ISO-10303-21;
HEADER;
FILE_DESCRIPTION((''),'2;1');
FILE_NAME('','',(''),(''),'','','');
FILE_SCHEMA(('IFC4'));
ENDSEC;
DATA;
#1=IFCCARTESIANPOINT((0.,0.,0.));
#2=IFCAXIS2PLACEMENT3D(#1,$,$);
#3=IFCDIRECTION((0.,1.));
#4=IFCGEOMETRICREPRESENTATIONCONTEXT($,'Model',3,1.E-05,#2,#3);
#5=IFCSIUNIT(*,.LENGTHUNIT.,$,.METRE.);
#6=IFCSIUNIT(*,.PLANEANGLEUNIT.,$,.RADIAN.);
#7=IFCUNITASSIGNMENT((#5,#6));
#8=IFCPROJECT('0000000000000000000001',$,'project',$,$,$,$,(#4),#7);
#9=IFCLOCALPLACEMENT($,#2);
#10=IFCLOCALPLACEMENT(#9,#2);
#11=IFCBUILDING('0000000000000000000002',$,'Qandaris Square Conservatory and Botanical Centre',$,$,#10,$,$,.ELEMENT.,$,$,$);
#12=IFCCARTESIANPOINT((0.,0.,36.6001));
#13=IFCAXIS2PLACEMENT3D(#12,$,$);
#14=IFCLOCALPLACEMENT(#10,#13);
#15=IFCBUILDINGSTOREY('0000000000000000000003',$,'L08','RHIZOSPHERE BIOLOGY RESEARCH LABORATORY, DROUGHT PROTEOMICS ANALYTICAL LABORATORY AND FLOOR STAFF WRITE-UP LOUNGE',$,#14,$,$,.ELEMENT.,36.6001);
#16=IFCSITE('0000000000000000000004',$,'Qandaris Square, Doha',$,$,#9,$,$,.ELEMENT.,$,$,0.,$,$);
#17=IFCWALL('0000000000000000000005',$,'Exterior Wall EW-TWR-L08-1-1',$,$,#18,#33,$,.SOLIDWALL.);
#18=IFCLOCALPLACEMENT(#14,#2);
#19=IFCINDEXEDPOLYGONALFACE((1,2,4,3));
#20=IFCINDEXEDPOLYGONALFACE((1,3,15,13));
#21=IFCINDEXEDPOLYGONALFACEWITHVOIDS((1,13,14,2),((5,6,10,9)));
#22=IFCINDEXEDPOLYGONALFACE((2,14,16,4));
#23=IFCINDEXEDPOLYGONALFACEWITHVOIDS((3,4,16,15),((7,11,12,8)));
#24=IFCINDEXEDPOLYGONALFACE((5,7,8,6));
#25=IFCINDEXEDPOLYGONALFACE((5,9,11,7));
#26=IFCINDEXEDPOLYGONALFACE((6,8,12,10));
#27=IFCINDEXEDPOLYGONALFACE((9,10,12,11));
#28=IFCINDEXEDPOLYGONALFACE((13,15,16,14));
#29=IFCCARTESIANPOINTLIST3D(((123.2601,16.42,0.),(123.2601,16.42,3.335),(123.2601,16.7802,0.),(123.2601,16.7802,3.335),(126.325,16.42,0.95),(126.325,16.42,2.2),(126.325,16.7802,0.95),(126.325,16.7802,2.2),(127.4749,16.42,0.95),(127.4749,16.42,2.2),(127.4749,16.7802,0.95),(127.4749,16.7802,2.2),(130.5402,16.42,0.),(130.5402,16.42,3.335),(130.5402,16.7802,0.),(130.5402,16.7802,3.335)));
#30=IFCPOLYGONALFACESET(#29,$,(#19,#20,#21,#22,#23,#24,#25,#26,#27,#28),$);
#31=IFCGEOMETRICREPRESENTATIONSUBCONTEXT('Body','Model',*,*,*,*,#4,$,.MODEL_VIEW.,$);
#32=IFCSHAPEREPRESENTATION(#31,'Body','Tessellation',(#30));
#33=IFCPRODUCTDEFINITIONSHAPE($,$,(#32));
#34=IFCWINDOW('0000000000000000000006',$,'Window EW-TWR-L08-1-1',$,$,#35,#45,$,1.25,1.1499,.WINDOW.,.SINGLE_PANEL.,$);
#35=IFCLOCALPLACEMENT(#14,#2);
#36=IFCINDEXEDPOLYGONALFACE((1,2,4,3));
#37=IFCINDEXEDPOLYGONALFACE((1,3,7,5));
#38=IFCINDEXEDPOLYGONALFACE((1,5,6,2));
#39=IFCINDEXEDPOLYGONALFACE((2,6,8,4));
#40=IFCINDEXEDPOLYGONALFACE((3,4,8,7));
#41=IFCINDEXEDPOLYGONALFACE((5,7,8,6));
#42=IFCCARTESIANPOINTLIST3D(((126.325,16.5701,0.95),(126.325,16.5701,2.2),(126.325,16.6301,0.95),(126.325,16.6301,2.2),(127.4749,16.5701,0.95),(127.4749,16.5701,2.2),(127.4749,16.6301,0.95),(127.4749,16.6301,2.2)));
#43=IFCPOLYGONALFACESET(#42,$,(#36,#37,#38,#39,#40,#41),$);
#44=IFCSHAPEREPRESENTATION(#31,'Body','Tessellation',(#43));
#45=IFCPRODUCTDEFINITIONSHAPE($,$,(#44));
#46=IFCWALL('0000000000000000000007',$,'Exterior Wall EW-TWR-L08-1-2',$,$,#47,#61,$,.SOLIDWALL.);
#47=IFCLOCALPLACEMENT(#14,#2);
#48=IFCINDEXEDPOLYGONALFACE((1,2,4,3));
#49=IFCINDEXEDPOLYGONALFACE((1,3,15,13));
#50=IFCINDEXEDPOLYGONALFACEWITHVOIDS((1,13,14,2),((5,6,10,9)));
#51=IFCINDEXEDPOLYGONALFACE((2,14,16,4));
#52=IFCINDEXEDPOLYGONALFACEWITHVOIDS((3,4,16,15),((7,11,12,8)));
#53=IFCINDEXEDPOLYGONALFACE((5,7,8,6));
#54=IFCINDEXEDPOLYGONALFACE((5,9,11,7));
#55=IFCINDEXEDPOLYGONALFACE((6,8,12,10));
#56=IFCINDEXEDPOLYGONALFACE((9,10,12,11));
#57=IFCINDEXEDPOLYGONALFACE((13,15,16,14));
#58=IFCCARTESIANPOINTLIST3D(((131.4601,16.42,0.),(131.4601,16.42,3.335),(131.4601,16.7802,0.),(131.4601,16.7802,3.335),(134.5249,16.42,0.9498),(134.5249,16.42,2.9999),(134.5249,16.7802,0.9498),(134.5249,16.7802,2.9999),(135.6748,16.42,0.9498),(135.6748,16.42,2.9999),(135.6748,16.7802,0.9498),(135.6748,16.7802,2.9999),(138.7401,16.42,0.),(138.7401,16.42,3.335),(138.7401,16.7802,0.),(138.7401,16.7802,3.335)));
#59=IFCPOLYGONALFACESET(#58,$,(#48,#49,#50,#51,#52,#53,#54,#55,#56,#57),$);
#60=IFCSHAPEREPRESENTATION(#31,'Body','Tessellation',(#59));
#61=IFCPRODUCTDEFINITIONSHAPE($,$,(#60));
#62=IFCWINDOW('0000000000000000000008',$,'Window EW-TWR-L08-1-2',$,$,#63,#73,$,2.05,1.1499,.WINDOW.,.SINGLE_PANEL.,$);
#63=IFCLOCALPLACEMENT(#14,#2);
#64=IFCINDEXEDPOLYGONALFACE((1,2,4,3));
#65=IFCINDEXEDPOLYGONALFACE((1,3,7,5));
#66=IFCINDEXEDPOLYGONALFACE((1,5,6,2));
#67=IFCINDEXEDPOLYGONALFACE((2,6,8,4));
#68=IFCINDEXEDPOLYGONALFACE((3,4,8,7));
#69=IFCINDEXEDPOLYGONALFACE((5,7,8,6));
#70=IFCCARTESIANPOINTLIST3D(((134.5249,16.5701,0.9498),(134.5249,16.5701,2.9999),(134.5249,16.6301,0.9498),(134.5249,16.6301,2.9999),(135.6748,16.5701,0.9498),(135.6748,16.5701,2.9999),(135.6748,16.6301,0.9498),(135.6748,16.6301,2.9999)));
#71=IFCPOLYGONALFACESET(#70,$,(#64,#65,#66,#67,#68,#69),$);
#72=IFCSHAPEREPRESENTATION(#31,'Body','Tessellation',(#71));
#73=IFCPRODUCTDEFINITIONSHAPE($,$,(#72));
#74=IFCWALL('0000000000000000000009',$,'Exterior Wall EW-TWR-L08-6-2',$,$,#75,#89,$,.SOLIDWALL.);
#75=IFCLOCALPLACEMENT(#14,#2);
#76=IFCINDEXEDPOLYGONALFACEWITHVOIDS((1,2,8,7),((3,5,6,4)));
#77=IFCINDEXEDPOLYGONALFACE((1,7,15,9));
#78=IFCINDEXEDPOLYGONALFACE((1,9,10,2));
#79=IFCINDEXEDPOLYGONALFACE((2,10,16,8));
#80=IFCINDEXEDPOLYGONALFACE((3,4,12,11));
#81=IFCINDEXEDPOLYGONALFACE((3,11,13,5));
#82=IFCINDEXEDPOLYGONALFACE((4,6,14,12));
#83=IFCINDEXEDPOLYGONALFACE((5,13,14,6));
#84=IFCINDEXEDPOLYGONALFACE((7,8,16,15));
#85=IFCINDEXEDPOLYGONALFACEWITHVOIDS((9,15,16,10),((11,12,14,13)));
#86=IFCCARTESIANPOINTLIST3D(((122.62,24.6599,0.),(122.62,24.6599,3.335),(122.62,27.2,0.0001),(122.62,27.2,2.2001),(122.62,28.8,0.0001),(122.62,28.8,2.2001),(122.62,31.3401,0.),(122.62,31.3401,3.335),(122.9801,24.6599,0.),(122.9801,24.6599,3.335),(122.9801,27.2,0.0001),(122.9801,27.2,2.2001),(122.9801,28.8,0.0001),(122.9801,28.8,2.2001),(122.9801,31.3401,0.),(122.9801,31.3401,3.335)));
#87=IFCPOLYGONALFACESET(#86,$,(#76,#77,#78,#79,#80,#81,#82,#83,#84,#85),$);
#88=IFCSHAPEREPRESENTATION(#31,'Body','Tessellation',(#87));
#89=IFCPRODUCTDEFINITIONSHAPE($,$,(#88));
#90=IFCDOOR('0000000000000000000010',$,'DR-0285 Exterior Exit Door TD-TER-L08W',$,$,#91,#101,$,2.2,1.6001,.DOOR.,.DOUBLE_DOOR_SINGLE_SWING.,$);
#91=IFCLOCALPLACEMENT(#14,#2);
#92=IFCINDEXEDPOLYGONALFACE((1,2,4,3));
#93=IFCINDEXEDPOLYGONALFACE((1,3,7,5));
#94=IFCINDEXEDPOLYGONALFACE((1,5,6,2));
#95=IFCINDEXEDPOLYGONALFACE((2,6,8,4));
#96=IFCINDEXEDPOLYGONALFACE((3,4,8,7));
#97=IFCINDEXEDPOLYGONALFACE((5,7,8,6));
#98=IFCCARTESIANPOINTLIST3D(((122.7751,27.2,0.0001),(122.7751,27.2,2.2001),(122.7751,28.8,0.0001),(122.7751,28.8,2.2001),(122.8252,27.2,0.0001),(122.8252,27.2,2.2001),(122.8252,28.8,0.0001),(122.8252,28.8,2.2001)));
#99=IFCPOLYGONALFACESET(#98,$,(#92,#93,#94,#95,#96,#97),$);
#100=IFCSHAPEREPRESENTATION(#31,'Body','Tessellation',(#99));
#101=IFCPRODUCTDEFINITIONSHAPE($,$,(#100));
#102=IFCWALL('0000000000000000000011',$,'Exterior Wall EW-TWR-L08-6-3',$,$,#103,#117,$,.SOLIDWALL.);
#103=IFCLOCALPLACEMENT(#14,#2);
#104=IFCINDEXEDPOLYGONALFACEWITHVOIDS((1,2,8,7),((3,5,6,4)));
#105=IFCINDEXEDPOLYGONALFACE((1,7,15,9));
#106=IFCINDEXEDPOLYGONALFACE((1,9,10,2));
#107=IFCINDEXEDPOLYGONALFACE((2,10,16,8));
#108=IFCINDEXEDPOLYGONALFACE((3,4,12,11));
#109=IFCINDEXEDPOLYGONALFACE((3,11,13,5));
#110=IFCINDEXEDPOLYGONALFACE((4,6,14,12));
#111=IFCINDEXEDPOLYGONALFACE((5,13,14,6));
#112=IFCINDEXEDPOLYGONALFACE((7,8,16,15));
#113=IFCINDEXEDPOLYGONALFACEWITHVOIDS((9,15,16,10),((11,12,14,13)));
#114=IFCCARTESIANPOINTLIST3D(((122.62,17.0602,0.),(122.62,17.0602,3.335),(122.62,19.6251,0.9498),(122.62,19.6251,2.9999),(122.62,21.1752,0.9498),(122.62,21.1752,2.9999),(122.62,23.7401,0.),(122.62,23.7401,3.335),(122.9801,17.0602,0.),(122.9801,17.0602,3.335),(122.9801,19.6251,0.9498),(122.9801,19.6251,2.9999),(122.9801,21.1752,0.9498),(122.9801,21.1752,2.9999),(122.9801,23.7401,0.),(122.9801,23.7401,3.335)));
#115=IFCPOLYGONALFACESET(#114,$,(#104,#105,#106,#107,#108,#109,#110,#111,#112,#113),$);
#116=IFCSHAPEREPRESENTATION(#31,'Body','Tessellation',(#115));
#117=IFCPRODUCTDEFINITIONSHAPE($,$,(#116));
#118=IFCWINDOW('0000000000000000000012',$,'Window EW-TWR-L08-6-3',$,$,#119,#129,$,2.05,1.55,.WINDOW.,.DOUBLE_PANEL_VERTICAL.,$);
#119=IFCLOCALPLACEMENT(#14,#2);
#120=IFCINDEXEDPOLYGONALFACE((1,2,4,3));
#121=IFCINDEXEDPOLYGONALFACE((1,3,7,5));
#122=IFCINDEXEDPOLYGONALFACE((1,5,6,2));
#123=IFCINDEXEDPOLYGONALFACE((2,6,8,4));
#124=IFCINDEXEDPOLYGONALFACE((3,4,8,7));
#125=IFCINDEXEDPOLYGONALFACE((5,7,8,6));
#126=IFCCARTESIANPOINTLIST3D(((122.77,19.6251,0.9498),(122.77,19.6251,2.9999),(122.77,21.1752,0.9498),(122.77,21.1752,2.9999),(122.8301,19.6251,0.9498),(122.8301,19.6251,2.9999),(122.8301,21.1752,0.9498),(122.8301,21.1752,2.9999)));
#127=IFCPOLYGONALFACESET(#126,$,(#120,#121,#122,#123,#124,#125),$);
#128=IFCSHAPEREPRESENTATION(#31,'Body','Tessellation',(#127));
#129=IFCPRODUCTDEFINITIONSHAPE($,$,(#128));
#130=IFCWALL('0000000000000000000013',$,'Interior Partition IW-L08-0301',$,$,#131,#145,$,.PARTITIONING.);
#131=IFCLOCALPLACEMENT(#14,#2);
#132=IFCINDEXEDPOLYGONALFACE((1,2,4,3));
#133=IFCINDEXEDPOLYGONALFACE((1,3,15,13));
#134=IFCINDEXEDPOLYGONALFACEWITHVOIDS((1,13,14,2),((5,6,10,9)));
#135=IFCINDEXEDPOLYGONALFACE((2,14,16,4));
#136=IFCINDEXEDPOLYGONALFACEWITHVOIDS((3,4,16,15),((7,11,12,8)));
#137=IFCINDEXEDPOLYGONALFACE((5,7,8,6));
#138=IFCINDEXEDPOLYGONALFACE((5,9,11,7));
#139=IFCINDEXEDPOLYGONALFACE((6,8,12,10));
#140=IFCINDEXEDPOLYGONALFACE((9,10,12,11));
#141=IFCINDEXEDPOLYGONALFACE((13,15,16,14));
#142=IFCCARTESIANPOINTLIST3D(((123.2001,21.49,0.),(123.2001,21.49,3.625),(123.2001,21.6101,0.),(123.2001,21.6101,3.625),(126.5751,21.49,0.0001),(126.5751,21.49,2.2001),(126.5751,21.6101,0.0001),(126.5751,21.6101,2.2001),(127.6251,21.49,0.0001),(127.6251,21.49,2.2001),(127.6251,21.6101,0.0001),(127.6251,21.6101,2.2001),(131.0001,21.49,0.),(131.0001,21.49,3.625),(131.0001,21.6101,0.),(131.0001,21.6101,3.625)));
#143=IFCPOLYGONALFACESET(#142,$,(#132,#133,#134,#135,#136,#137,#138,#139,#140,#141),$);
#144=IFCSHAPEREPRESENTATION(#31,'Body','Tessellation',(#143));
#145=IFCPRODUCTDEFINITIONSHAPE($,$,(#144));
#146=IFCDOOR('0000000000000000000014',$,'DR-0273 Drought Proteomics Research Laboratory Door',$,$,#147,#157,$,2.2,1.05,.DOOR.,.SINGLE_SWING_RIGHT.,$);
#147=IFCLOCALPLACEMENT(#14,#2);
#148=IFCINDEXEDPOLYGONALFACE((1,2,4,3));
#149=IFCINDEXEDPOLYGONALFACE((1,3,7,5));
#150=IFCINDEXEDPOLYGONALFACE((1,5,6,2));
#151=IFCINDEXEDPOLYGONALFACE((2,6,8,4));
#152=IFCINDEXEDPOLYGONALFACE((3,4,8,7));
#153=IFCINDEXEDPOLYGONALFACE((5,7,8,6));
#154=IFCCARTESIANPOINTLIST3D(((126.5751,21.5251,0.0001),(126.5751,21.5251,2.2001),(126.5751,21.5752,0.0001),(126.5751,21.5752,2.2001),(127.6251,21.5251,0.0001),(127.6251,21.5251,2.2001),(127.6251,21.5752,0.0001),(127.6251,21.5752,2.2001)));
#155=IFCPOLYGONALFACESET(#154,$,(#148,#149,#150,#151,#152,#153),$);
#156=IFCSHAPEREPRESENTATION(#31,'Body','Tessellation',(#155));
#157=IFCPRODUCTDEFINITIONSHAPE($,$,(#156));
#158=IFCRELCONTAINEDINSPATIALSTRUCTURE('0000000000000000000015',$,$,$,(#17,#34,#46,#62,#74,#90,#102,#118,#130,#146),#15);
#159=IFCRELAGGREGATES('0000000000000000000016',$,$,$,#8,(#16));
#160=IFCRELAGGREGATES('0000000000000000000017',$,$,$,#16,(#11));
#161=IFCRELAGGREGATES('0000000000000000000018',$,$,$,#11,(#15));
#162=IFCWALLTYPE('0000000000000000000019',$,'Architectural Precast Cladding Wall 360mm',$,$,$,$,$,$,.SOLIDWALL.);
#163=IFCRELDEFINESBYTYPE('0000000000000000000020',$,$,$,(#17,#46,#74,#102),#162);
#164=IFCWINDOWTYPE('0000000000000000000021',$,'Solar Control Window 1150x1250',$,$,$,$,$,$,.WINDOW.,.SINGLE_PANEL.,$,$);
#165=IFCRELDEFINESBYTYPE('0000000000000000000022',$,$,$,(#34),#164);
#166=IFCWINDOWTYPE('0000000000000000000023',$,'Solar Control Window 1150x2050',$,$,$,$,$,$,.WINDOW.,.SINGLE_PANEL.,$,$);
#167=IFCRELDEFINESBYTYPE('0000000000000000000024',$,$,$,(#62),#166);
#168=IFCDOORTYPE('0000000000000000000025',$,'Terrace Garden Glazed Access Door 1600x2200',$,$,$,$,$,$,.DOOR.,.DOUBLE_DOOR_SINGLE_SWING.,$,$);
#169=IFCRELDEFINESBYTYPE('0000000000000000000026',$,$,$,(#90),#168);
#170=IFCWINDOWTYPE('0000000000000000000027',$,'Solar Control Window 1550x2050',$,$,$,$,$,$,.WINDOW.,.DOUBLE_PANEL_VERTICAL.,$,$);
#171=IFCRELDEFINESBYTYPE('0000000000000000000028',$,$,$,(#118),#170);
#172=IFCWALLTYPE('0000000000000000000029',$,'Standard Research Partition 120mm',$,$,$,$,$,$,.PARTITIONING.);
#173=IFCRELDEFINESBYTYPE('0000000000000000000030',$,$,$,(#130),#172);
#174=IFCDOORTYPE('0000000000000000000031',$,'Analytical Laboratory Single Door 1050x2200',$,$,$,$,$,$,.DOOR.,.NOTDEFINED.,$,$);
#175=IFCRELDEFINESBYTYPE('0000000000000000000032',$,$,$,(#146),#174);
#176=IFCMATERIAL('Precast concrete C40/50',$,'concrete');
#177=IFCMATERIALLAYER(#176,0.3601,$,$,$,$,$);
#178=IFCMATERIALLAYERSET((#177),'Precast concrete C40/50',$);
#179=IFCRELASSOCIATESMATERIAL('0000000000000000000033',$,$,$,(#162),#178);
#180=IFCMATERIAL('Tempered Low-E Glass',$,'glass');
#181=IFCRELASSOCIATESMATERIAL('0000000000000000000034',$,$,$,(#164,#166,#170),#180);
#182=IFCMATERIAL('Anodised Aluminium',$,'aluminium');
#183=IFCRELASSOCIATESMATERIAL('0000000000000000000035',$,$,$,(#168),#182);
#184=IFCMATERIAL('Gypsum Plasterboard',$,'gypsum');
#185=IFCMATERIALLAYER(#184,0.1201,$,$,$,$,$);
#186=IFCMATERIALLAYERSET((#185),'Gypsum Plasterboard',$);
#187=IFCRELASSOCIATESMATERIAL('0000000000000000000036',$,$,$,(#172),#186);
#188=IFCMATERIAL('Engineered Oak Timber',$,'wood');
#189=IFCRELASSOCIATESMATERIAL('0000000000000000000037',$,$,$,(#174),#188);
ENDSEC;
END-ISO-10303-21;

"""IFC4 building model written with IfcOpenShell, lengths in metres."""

from ifc_helpers import new_model, si_unit, direction, frame, frame_2d, origin, place, context, subcontext, project, spatial, rectangle, extrude, material, layer, layer_set, type_object, element, fill, save


model = new_model("IFC4")

# Units and contexts
model_context = context("Model", 3, precision=1e-05, world=origin(), true_north=direction((0.0, 1.0)))
body_context = subcontext(model_context, "Body", "Model", "MODEL_VIEW")
ifc_project = project(units=[si_unit("LENGTHUNIT", "METRE"), si_unit("PLANEANGLEUNIT", "RADIAN")], contexts=[model_context])

# Site, building, storey
site_placement = place(None, origin())
site = spatial("IfcSite", under=ifc_project, at=site_placement, Name="Qandaris Square, Doha", CompositionType="ELEMENT", RefElevation=0.0)
building_placement = place(site_placement, origin())
building = spatial("IfcBuilding", under=site, at=building_placement, Name="Qandaris Square Conservatory and Botanical Centre", CompositionType="ELEMENT")
storey_placement = place(building_placement, frame((0.0, 0.0, 36.6001)))
storey = spatial("IfcBuildingStorey", under=building, at=storey_placement, Name="L08", Description="RHIZOSPHERE BIOLOGY RESEARCH LABORATORY, DROUGHT PROTEOMICS ANALYTICAL LABORATORY AND FLOOR STAFF WRITE-UP LOUNGE", CompositionType="ELEMENT", Elevation=36.6001)

# Shared definitions
ifc_material_1 = material(Name="Gypsum Plasterboard", Category="gypsum")
ifc_material_2 = material(Name="Engineered Oak Timber", Category="wood")

# Walls, openings, windows
ifc_material_3 = material(Name="Precast concrete C40/50", Category="concrete")
ifc_layer_1 = layer(ifc_material_3, 0.3601)
ifc_layer_set_1 = layer_set([ifc_layer_1], Name="Precast concrete C40/50")
wall_type_1 = type_object("IfcWallType", Name="Architectural Precast Cladding Wall 360mm", PredefinedType="SOLIDWALL", material=ifc_layer_set_1)
wall_1_placement = place(storey_placement, frame((123.26, 16.6001, 0.0), z_axis=(0.0, 0.0, 1.0), x_axis=(1.0, 0.0, 0.0)))
wall_1 = element("IfcWall", 1, at=wall_1_placement, inside=storey, type_object=wall_type_1, Name="Exterior Wall EW-TWR-L08-1-1", PredefinedType="SOLIDWALL", context=body_context, shape_type="SweptSolid", body=[
    extrude(rectangle(XDim=7.28, YDim=0.3601, at=frame_2d((3.6401, 0.0))), origin(), (0.0, 0.0, 1.0), 3.335),
])
opening_1_placement = place(wall_1_placement, frame((3.0649, 0.0, 0.95)))
opening_1 = element("IfcOpeningElement", 2, at=opening_1_placement, cuts=wall_1, PredefinedType="OPENING", context=body_context, shape_type="SweptSolid", body=[
    extrude(rectangle(XDim=1.1499, YDim=1.25, at=frame_2d((0.575, 0.625))), frame((0.0, 0.1919, 0.0), z_axis=(0.0, -1.0, 0.0), x_axis=(1.0, 0.0, 0.0)), (0.0, 0.0, 1.0), 0.384),
])
ifc_material_4 = material(Name="Tempered Low-E Glass", Category="glass")
window_type_1 = type_object("IfcWindowType", Name="Solar Control Window 1150x1250", PartitioningType="SINGLE_PANEL", PredefinedType="WINDOW", material=ifc_material_4)
window_1_placement = place(opening_1_placement, origin())
window_1 = element("IfcWindow", 3, at=window_1_placement, inside=storey, type_object=window_type_1, Name="Window EW-TWR-L08-1-1", OverallHeight=1.25, OverallWidth=1.1499, PartitioningType="SINGLE_PANEL", PredefinedType="WINDOW", context=body_context, shape_type="SweptSolid", body=[
    extrude(rectangle(XDim=1.1499, YDim=1.25, at=frame_2d((0.575, 0.625))), frame((0.0, 0.03, 0.0), z_axis=(0.0, -1.0, 0.0), x_axis=(1.0, 0.0, 0.0)), (0.0, 0.0, 1.0), 0.0601),
])
fill(opening_1, window_1)
wall_2_placement = place(storey_placement, frame((131.46, 16.6001, 0.0), z_axis=(0.0, 0.0, 1.0), x_axis=(1.0, 0.0, 0.0)))
wall_2 = element("IfcWall", 4, at=wall_2_placement, inside=storey, type_object=wall_type_1, Name="Exterior Wall EW-TWR-L08-1-2", PredefinedType="SOLIDWALL", context=body_context, shape_type="SweptSolid", body=[
    extrude(rectangle(XDim=7.28, YDim=0.3601, at=frame_2d((3.6401, 0.0))), origin(), (0.0, 0.0, 1.0), 3.335),
])
opening_2_placement = place(wall_2_placement, frame((3.0649, 0.0, 0.95)))
opening_2 = element("IfcOpeningElement", 5, at=opening_2_placement, cuts=wall_2, PredefinedType="OPENING", context=body_context, shape_type="SweptSolid", body=[
    extrude(rectangle(XDim=1.1499, YDim=2.05, at=frame_2d((0.575, 1.0249))), frame((0.0, 0.1919, 0.0), z_axis=(0.0, -1.0, 0.0), x_axis=(1.0, 0.0, 0.0)), (0.0, 0.0, 1.0), 0.384),
])
window_type_2 = type_object("IfcWindowType", Name="Solar Control Window 1150x2050", PartitioningType="SINGLE_PANEL", PredefinedType="WINDOW", material=ifc_material_4)
window_2_placement = place(opening_2_placement, origin())
window_2 = element("IfcWindow", 6, at=window_2_placement, inside=storey, type_object=window_type_2, Name="Window EW-TWR-L08-1-2", OverallHeight=2.05, OverallWidth=1.1499, PartitioningType="SINGLE_PANEL", PredefinedType="WINDOW", context=body_context, shape_type="SweptSolid", body=[
    extrude(rectangle(XDim=1.1499, YDim=2.05, at=frame_2d((0.575, 1.0249))), frame((0.0, 0.03, 0.0), z_axis=(0.0, -1.0, 0.0), x_axis=(1.0, 0.0, 0.0)), (0.0, 0.0, 1.0), 0.0601),
])
fill(opening_2, window_2)

# Wall, opening, door
wall_3_placement = place(storey_placement, frame((122.8, 31.3401, 0.0), z_axis=(0.0, 0.0, 1.0), x_axis=(0.0, -1.0, 0.0)))
wall_3 = element("IfcWall", 7, at=wall_3_placement, inside=storey, type_object=wall_type_1, Name="Exterior Wall EW-TWR-L08-6-2", PredefinedType="SOLIDWALL", context=body_context, shape_type="SweptSolid", body=[
    extrude(rectangle(XDim=6.6802, YDim=0.3601, at=frame_2d((3.3401, 0.0))), origin(), (0.0, 0.0, 1.0), 3.335),
])
opening_3_placement = place(wall_3_placement, frame((2.54, 0.0, 0.0)))
opening_3 = element("IfcOpeningElement", 8, at=opening_3_placement, cuts=wall_3, PredefinedType="OPENING", context=body_context, shape_type="SweptSolid", body=[
    extrude(rectangle(XDim=1.6001, YDim=2.2, at=frame_2d((0.8, 1.1001))), frame((0.0, 0.1919, 0.0), z_axis=(0.0, -1.0, 0.0), x_axis=(1.0, 0.0, 0.0)), (0.0, 0.0, 1.0), 0.384),
])
ifc_material_5 = material(Name="Anodised Aluminium", Category="aluminium")
door_type_1 = type_object("IfcDoorType", Name="Terrace Garden Glazed Access Door 1600x2200", OperationType="DOUBLE_DOOR_SINGLE_SWING", PredefinedType="DOOR", material=ifc_material_5)
door_1_placement = place(opening_3_placement, frame((1.6001, 0.0, 0.0), z_axis=(0.0, 0.0, 1.0), x_axis=(-1.0, 0.0, 0.0)))
door_1 = element("IfcDoor", 9, at=door_1_placement, inside=storey, type_object=door_type_1, Name="DR-0285 Exterior Exit Door TD-TER-L08W", OperationType="DOUBLE_DOOR_SINGLE_SWING", OverallHeight=2.2, OverallWidth=1.6001, PredefinedType="DOOR", context=body_context, shape_type="SweptSolid", body=[
    extrude(rectangle(XDim=1.6001, YDim=2.2, at=frame_2d((0.8, 1.1001))), frame((0.0, 0.0249, 0.0), z_axis=(0.0, -1.0, 0.0), x_axis=(1.0, 0.0, 0.0)), (0.0, 0.0, 1.0), 0.05),
])
fill(opening_3, door_1)

# Wall, opening, window
wall_4_placement = place(storey_placement, frame((122.8, 23.74, 0.0), z_axis=(0.0, 0.0, 1.0), x_axis=(0.0, -1.0, 0.0)))
wall_4 = element("IfcWall", 10, at=wall_4_placement, inside=storey, type_object=wall_type_1, Name="Exterior Wall EW-TWR-L08-6-3", PredefinedType="SOLIDWALL", context=body_context, shape_type="SweptSolid", body=[
    extrude(rectangle(XDim=6.6799, YDim=0.3601, at=frame_2d((3.3398, 0.0))), origin(), (0.0, 0.0, 1.0), 3.335),
])
opening_4_placement = place(wall_4_placement, frame((2.5649, 0.0, 0.95)))
opening_4 = element("IfcOpeningElement", 11, at=opening_4_placement, cuts=wall_4, PredefinedType="OPENING", context=body_context, shape_type="SweptSolid", body=[
    extrude(rectangle(XDim=1.55, YDim=2.05, at=frame_2d((0.7749, 1.0249))), frame((0.0, 0.1919, 0.0), z_axis=(0.0, -1.0, 0.0), x_axis=(1.0, 0.0, 0.0)), (0.0, 0.0, 1.0), 0.384),
])
window_type_3 = type_object("IfcWindowType", Name="Solar Control Window 1550x2050", PartitioningType="DOUBLE_PANEL_VERTICAL", PredefinedType="WINDOW", material=ifc_material_4)
window_3_placement = place(opening_4_placement, origin())
window_3 = element("IfcWindow", 12, at=window_3_placement, inside=storey, type_object=window_type_3, Name="Window EW-TWR-L08-6-3", OverallHeight=2.05, OverallWidth=1.55, PartitioningType="DOUBLE_PANEL_VERTICAL", PredefinedType="WINDOW", context=body_context, shape_type="SweptSolid", body=[
    extrude(rectangle(XDim=1.55, YDim=2.05, at=frame_2d((0.7749, 1.0249))), frame((0.0, 0.03, 0.0), z_axis=(0.0, -1.0, 0.0), x_axis=(1.0, 0.0, 0.0)), (0.0, 0.0, 1.0), 0.0601),
])
fill(opening_4, window_3)

# Wall, opening, door
ifc_layer_2 = layer(ifc_material_1, 0.1201)
ifc_layer_set_2 = layer_set([ifc_layer_2], Name="Gypsum Plasterboard")
wall_type_2 = type_object("IfcWallType", Name="Standard Research Partition 120mm", PredefinedType="PARTITIONING", material=ifc_layer_set_2)
wall_5_placement = place(storey_placement, frame((131.0, 21.55, 0.0), z_axis=(0.0, 0.0, 1.0), x_axis=(-1.0, 0.0, 0.0)))
wall_5 = element("IfcWall", 13, at=wall_5_placement, inside=storey, type_object=wall_type_2, Name="Interior Partition IW-L08-0301", PredefinedType="PARTITIONING", context=body_context, shape_type="SweptSolid", body=[
    extrude(rectangle(XDim=7.8, YDim=0.1201, at=frame_2d((3.8999, 0.0))), origin(), (0.0, 0.0, 1.0), 3.625),
])
opening_5_placement = place(wall_5_placement, frame((3.375, 0.0, 0.0)))
opening_5 = element("IfcOpeningElement", 14, at=opening_5_placement, cuts=wall_5, PredefinedType="OPENING", context=body_context, shape_type="SweptSolid", body=[
    extrude(rectangle(XDim=1.05, YDim=2.2, at=frame_2d((0.5249, 1.1001))), frame((0.0, 0.072, 0.0), z_axis=(0.0, -1.0, 0.0), x_axis=(1.0, 0.0, 0.0)), (0.0, 0.0, 1.0), 0.144),
])
door_type_2 = type_object("IfcDoorType", Name="Analytical Laboratory Single Door 1050x2200", OperationType="NOTDEFINED", PredefinedType="DOOR", material=ifc_material_2)
door_2_placement = place(opening_5_placement, origin())
door_2 = element("IfcDoor", 15, at=door_2_placement, inside=storey, type_object=door_type_2, Name="DR-0273 Drought Proteomics Research Laboratory Door", OperationType="SINGLE_SWING_RIGHT", OverallHeight=2.2, OverallWidth=1.05, PredefinedType="DOOR", context=body_context, shape_type="SweptSolid", body=[
    extrude(rectangle(XDim=1.05, YDim=2.2, at=frame_2d((0.5249, 1.1001))), frame((0.0, 0.0249, 0.0), z_axis=(0.0, -1.0, 0.0), x_axis=(1.0, 0.0, 0.0)), (0.0, 0.0, 1.0), 0.05),
])
fill(opening_5, door_2)

save(model, "model.ifc")
